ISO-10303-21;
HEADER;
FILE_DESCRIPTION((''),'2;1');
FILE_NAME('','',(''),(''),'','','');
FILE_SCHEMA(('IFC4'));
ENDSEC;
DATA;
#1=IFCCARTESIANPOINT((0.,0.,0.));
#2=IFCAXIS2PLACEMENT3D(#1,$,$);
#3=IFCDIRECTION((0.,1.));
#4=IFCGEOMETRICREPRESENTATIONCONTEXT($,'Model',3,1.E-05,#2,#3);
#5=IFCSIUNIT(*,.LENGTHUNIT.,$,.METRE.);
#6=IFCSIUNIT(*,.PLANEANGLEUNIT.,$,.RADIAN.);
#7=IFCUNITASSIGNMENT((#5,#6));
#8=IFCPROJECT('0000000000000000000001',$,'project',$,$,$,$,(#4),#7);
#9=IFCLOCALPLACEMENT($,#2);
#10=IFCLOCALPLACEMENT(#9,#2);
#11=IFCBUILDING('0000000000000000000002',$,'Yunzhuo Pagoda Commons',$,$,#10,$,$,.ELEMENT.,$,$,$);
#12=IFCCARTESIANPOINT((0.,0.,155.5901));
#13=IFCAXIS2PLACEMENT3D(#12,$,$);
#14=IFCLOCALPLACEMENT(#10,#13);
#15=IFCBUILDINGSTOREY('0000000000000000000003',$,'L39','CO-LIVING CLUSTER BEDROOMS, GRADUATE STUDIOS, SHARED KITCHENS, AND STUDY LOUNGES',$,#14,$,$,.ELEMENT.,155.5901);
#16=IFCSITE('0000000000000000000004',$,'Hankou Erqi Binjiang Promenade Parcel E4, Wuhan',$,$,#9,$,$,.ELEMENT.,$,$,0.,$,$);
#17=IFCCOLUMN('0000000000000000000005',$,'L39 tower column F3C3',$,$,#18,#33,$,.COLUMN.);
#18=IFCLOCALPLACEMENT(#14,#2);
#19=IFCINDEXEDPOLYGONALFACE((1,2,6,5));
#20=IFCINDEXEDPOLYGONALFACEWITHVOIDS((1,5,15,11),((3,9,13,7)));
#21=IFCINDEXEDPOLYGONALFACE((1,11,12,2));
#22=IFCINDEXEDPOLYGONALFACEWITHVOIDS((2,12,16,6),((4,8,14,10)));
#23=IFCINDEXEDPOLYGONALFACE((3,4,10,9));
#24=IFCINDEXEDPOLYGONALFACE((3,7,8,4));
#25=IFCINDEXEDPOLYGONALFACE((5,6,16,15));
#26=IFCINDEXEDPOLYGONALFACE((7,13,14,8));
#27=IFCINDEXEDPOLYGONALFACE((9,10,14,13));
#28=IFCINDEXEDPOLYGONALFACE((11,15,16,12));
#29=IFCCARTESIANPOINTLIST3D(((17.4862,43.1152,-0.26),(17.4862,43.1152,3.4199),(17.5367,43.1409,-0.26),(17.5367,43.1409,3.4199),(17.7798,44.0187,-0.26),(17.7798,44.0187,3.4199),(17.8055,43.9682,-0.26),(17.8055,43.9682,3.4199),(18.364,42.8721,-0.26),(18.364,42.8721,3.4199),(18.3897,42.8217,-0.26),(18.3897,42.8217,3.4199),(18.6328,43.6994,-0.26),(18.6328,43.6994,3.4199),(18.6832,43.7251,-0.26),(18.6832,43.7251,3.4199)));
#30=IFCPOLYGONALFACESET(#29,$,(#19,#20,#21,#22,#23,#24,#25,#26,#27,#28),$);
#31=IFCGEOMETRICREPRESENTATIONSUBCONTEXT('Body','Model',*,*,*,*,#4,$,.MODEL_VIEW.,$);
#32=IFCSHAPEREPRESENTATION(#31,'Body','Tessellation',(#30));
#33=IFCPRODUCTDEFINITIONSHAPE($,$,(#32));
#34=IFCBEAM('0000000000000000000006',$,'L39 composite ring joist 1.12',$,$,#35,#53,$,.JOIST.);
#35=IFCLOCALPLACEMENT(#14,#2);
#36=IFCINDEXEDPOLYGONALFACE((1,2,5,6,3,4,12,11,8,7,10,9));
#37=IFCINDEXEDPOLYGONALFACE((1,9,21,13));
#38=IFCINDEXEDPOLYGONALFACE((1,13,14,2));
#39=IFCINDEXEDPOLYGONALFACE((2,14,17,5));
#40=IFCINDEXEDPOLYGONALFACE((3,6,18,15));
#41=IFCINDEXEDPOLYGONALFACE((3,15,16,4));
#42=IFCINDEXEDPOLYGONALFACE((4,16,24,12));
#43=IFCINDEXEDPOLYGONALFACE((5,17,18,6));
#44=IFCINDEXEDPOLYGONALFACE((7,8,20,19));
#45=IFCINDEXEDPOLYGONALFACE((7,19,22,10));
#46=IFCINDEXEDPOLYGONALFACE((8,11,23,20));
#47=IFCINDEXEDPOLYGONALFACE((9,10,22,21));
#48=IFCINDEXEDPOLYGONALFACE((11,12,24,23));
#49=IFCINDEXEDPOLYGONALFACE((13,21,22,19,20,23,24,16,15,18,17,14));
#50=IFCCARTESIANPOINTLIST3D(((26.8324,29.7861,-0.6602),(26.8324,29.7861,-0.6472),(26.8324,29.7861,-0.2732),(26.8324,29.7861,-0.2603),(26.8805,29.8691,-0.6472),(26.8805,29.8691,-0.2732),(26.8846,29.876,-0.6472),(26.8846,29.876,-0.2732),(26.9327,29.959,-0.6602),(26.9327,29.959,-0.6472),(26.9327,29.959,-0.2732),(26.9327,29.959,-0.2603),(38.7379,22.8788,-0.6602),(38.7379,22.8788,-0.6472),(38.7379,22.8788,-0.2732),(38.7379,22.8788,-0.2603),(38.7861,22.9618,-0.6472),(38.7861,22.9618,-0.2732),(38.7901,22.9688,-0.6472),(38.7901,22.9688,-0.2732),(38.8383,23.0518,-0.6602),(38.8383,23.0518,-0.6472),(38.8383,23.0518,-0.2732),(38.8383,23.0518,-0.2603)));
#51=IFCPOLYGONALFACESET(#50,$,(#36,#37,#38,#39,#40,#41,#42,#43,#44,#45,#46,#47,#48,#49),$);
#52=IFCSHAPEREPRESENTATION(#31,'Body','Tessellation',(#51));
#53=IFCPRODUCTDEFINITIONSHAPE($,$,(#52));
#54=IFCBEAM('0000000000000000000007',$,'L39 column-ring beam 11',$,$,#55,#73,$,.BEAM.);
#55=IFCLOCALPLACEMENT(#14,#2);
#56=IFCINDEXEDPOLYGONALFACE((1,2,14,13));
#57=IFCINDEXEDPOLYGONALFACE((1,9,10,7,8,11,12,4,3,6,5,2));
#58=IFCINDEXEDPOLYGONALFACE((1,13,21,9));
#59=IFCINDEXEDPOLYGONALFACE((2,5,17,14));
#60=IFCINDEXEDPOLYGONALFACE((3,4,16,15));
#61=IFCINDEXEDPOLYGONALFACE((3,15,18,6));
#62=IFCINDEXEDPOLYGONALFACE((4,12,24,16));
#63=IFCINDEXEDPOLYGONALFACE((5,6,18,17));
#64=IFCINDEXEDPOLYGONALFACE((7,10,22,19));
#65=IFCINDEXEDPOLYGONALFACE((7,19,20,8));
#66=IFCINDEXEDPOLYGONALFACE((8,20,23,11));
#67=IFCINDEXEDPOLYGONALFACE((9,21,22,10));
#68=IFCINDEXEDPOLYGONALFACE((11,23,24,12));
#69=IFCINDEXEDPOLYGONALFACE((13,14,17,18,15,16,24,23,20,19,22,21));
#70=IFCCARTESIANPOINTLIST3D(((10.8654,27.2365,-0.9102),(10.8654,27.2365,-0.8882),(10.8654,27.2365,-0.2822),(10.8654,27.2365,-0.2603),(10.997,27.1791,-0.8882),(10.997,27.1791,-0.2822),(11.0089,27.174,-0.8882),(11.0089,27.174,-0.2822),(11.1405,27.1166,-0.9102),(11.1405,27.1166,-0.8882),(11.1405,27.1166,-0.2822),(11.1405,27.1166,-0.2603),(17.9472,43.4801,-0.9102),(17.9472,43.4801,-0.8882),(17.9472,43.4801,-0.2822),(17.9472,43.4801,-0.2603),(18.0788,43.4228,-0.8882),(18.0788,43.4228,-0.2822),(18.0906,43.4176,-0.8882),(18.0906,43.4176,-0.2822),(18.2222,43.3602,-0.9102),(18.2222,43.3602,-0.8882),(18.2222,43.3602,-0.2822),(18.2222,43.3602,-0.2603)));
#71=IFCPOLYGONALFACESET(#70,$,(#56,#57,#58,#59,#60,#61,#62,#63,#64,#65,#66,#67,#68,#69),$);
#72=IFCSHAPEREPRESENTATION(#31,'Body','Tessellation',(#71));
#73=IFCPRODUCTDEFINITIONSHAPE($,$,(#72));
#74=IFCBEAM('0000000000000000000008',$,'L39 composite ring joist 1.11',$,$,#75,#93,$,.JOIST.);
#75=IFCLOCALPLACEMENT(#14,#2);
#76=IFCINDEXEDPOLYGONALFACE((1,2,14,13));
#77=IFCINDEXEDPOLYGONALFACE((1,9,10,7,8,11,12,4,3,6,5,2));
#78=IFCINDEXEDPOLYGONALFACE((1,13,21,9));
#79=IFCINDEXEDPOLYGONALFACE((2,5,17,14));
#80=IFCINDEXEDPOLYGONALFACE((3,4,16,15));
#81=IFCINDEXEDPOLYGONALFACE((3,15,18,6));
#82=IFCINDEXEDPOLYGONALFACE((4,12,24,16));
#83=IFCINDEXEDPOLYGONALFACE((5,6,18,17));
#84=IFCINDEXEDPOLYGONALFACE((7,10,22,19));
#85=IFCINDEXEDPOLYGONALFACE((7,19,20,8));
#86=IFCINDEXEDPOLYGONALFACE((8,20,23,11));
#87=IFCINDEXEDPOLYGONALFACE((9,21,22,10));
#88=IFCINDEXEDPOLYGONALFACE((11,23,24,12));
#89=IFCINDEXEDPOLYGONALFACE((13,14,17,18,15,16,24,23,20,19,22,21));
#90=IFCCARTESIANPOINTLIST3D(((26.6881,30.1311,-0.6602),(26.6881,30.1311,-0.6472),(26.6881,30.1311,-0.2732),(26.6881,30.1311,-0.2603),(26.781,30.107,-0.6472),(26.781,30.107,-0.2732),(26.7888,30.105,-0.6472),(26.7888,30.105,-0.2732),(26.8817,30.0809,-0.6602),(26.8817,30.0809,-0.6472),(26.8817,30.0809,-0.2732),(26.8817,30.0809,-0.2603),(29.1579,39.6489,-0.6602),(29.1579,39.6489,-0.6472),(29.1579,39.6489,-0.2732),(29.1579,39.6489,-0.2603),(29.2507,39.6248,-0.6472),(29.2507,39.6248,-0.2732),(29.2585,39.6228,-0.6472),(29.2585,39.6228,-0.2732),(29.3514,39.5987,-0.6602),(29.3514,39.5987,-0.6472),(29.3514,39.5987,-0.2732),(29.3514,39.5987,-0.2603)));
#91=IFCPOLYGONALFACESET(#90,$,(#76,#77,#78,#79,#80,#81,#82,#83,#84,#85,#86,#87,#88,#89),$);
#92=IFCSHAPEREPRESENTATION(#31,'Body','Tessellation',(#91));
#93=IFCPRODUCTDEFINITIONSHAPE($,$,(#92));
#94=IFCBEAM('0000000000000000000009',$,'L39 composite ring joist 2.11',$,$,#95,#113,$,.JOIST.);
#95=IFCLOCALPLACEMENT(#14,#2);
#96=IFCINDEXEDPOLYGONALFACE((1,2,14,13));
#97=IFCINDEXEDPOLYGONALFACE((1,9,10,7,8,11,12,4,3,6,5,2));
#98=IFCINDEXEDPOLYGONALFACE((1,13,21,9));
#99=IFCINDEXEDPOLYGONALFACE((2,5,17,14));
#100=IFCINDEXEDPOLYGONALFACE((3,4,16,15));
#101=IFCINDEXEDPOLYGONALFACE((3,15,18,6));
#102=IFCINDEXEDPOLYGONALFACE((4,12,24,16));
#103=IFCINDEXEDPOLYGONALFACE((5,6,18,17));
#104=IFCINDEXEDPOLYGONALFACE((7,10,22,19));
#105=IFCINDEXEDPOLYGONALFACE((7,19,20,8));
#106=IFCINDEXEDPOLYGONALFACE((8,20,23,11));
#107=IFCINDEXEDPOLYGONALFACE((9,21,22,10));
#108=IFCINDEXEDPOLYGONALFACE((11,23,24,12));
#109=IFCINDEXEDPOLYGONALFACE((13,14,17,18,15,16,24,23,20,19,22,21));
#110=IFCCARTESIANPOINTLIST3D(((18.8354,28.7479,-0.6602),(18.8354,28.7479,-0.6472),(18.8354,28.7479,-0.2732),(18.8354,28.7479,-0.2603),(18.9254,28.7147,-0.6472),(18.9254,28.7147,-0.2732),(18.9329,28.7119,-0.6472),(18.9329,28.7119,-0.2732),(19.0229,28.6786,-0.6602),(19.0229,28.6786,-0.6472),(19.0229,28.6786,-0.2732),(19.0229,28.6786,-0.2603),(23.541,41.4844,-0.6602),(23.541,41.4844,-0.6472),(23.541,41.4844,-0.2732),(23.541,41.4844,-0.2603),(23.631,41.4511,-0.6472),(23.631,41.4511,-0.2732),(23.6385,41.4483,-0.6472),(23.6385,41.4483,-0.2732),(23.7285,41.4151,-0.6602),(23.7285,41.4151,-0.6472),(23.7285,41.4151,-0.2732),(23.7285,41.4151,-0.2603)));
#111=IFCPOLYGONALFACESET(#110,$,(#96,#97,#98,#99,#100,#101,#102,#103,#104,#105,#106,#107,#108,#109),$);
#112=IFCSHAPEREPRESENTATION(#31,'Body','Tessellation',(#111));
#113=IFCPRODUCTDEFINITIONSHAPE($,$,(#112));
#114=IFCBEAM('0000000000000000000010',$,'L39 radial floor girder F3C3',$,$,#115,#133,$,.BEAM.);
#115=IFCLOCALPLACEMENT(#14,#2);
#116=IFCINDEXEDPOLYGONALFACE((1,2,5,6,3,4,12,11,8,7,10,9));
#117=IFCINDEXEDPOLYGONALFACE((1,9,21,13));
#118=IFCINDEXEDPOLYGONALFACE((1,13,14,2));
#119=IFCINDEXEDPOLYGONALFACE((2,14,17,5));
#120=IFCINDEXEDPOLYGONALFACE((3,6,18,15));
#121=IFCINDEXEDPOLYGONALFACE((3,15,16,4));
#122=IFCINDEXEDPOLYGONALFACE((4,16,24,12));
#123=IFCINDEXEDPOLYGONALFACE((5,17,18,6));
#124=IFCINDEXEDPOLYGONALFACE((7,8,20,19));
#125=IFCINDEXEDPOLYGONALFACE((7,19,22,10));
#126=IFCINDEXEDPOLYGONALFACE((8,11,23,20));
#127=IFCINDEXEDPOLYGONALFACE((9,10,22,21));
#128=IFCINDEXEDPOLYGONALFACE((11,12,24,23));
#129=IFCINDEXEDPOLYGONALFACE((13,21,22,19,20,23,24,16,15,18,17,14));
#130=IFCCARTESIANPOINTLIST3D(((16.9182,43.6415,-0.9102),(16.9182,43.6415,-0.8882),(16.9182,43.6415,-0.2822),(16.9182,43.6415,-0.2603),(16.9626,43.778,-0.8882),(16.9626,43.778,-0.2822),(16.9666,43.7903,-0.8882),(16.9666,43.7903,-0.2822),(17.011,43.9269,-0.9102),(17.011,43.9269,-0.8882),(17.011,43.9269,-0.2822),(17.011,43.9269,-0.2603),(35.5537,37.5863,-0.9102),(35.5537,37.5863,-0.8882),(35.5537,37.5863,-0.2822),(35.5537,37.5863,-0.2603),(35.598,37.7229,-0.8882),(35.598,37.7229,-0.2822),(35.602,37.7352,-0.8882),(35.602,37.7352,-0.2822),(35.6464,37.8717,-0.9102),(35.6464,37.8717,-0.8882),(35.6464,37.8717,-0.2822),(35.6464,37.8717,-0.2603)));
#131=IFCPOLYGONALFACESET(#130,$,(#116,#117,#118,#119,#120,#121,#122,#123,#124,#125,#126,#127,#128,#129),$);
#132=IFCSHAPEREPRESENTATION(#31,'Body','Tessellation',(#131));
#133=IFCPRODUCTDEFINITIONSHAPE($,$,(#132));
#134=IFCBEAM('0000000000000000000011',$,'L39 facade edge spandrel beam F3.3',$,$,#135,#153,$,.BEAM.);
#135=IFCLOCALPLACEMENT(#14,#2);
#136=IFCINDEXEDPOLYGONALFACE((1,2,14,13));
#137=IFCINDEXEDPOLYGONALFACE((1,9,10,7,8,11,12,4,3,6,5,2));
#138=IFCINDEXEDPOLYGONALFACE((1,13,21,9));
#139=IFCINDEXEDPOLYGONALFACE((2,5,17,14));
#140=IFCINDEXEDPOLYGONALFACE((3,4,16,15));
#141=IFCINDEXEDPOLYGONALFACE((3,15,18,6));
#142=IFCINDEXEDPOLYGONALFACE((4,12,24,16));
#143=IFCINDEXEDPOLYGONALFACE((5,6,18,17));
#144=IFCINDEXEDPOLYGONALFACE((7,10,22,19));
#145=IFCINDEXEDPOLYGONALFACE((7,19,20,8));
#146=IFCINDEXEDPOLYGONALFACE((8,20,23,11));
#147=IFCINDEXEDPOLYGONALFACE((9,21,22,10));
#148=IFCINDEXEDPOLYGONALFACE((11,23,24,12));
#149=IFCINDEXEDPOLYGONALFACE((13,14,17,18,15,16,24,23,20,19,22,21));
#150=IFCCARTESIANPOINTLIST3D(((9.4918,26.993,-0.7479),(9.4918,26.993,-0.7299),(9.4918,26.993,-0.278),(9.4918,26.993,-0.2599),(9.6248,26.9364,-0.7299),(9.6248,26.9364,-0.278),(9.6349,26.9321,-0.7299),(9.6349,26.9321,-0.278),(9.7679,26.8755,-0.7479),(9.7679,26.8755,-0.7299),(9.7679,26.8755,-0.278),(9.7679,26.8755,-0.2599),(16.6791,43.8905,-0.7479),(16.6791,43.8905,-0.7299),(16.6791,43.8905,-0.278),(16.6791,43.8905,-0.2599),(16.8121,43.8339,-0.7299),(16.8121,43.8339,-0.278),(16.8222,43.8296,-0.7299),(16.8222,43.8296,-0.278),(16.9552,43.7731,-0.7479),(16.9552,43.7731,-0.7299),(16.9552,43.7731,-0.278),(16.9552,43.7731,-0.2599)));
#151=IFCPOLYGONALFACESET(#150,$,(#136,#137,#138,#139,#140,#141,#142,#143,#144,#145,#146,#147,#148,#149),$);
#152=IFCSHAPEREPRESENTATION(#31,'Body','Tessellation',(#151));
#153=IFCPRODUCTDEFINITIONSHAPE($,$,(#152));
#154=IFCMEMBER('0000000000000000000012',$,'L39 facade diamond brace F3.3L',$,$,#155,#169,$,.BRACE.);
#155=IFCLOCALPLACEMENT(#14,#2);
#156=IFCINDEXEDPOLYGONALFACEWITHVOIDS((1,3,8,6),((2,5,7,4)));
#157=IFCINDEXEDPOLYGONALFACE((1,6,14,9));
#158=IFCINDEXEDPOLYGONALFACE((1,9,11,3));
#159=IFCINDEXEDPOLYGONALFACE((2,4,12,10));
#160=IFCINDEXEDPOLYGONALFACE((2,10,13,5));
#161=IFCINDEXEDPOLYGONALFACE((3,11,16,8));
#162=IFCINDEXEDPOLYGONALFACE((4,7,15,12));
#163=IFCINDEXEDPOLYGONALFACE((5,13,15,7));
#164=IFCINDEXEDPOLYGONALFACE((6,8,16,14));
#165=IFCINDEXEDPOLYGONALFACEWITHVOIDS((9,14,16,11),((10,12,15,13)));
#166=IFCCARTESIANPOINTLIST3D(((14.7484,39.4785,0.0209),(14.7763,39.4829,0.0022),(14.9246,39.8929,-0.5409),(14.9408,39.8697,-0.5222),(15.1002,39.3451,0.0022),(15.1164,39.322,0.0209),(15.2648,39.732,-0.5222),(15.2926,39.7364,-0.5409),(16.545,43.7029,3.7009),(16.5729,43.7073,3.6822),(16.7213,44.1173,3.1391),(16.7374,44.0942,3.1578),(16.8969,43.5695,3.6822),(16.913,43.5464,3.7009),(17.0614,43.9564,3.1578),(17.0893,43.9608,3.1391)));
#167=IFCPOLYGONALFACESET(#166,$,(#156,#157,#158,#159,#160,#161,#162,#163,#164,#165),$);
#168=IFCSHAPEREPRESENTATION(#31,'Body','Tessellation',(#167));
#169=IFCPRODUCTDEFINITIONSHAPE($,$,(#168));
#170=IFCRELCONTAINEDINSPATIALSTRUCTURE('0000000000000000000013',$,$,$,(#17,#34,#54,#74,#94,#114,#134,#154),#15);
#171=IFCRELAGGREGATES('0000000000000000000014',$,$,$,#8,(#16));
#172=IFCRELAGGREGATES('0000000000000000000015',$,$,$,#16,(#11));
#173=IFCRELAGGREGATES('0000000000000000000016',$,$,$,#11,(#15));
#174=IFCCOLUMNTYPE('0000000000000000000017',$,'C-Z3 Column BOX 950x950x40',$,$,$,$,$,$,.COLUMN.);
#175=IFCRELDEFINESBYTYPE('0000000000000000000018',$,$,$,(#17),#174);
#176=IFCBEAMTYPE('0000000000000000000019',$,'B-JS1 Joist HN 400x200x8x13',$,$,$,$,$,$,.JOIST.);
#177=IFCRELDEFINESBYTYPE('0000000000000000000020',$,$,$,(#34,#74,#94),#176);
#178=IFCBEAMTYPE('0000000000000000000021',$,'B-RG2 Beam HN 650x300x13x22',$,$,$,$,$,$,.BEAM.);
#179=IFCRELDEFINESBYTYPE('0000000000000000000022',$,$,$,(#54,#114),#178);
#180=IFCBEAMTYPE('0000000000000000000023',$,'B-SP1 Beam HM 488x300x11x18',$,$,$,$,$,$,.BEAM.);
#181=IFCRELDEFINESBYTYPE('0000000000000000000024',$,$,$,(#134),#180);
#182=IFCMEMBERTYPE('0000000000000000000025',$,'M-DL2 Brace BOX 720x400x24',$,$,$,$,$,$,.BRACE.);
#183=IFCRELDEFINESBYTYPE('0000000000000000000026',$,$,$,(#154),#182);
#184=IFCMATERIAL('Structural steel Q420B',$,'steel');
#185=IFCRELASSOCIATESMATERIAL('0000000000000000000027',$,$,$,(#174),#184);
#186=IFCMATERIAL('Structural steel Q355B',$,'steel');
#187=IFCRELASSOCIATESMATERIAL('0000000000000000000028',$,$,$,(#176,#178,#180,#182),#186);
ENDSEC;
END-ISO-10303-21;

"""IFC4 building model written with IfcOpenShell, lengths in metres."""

from ifc_helpers import new_model, si_unit, direction, frame, origin, origin_2d, place, context, subcontext, project, spatial, hollow_rectangle, i_section, extrude, source, transform, mapped, material, material_profile, profile_set, type_object, element, save


model = new_model("IFC4")

# Units and contexts
model_context = context("Model", 3, precision=1e-05, world=origin(), true_north=direction((0.0, 1.0)))
body_context = subcontext(model_context, "Body", "Model", "MODEL_VIEW")
ifc_project = project(units=[si_unit("LENGTHUNIT", "METRE"), si_unit("PLANEANGLEUNIT", "RADIAN")], contexts=[model_context])

# Site, building, storey
site_placement = place(None, origin())
site = spatial("IfcSite", under=ifc_project, at=site_placement, Name="Hankou Erqi Binjiang Promenade Parcel E4, Wuhan", CompositionType="ELEMENT", RefElevation=0.0)
building_placement = place(site_placement, origin())
building = spatial("IfcBuilding", under=site, at=building_placement, Name="Yunzhuo Pagoda Commons", CompositionType="ELEMENT")
storey_placement = place(building_placement, frame((0.0, 0.0, 155.5901)))
storey = spatial("IfcBuildingStorey", under=building, at=storey_placement, Name="L39", Description="CO-LIVING CLUSTER BEDROOMS, GRADUATE STUDIOS, SHARED KITCHENS, AND STUDY LOUNGES", CompositionType="ELEMENT", Elevation=155.5901)

# Column
ifc_material_1 = material(Name="Structural steel Q420B", Category="steel")
ifc_material_profile_1 = material_profile(ifc_material_1, hollow_rectangle(XDim=0.95, YDim=0.95, WallThickness=0.04, at=origin_2d()), Name="Structural steel Q420B")
ifc_profile_set_1 = profile_set([ifc_material_profile_1], Name="Structural steel Q420B")
column_type = type_object("IfcColumnType", Name="C-Z3 Column BOX 950x950x40", PredefinedType="COLUMN", material=ifc_profile_set_1)
shared_shape_1 = source(origin(), body_context, "Body", "SweptSolid", [
    extrude(hollow_rectangle(XDim=0.95, YDim=0.95, WallThickness=0.04, at=origin_2d()), origin(), (0.0, 0.0, 1.0), 3.6799),
])
column_placement = place(storey_placement, frame((18.0847, 43.4202, -0.26), z_axis=(0.0, 0.0, 1.0), x_axis=(-0.309017, -0.951057, 0.0)))
element("IfcColumn", 1, at=column_placement, inside=storey, type_object=column_type, Name="L39 tower column F3C3", PredefinedType="COLUMN", context=body_context, shape_type="MappedRepresentation", body=[
    mapped(shared_shape_1, transform((0.0, 0.0, 0.0), scale=1.0)),
])

# Beams
ifc_material_2 = material(Name="Structural steel Q355B", Category="steel")
ifc_material_profile_2 = material_profile(ifc_material_2, i_section(OverallWidth=0.2, OverallDepth=0.3999, WebThickness=0.0081, FlangeThickness=0.0129, at=origin_2d()), Name="Structural steel Q355B")
ifc_profile_set_2 = profile_set([ifc_material_profile_2], Name="Structural steel Q355B")
beam_type_1 = type_object("IfcBeamType", Name="B-JS1 Joist HN 400x200x8x13", PredefinedType="JOIST", material=ifc_profile_set_2)
shared_shape_2 = source(origin(), body_context, "Body", "SweptSolid", [
    extrude(i_section(OverallWidth=0.2, OverallDepth=0.3999, WebThickness=0.0081, FlangeThickness=0.0129, at=origin_2d()), origin(), (0.0, 0.0, 1.0), 13.7642),
])
beam_1_placement = place(storey_placement, frame((26.8826, 29.8726, -0.4602), z_axis=(0.864967, -0.501828, 0.0), x_axis=(0.501828, 0.864967, 0.0)))
element("IfcBeam", 2, at=beam_1_placement, inside=storey, type_object=beam_type_1, Name="L39 composite ring joist 1.12", PredefinedType="JOIST", context=body_context, shape_type="MappedRepresentation", body=[
    mapped(shared_shape_2, transform((0.0, 0.0, 0.0), scale=1.0)),
])
ifc_material_profile_3 = material_profile(ifc_material_2, i_section(OverallWidth=0.3, OverallDepth=0.6499, WebThickness=0.0129, FlangeThickness=0.022, at=origin_2d()), Name="Structural steel Q355B")
ifc_profile_set_3 = profile_set([ifc_material_profile_3], Name="Structural steel Q355B")
beam_type_2 = type_object("IfcBeamType", Name="B-RG2 Beam HN 650x300x13x22", PredefinedType="BEAM", material=ifc_profile_set_3)
shared_shape_3 = source(origin(), body_context, "Body", "SweptSolid", [
    extrude(i_section(OverallWidth=0.3, OverallDepth=0.6499, WebThickness=0.0129, FlangeThickness=0.022, at=origin_2d()), origin(), (0.0, 0.0, 1.0), 17.7202),
])
beam_2_placement = place(storey_placement, frame((18.0847, 43.4202, -0.5852), z_axis=(-0.399643, -0.916671, 0.0), x_axis=(0.916671, -0.399643, 0.0)))
element("IfcBeam", 3, at=beam_2_placement, inside=storey, type_object=beam_type_2, Name="L39 column-ring beam 11", PredefinedType="BEAM", context=body_context, shape_type="MappedRepresentation", body=[
    mapped(shared_shape_3, transform((0.0, 0.0, 0.0), scale=1.0)),
])
shared_shape_4 = source(origin(), body_context, "Body", "SweptSolid", [
    extrude(i_section(OverallWidth=0.2, OverallDepth=0.3999, WebThickness=0.0081, FlangeThickness=0.0129, at=origin_2d()), origin(), (0.0, 0.0, 1.0), 9.833),
])
beam_3_placement = place(storey_placement, frame((29.2546, 39.6238, -0.4602), z_axis=(-0.251166, -0.967944, 0.0), x_axis=(0.967944, -0.251166, 0.0)))
element("IfcBeam", 4, at=beam_3_placement, inside=storey, type_object=beam_type_1, Name="L39 composite ring joist 1.11", PredefinedType="JOIST", context=body_context, shape_type="MappedRepresentation", body=[
    mapped(shared_shape_4, transform((0.0, 0.0, 0.0), scale=1.0)),
])
shared_shape_5 = source(origin(), body_context, "Body", "SweptSolid", [
    extrude(i_section(OverallWidth=0.2, OverallDepth=0.3999, WebThickness=0.0081, FlangeThickness=0.0129, at=origin_2d()), origin(), (0.0, 0.0, 1.0), 13.5779),
])
beam_4_placement = place(storey_placement, frame((23.6348, 41.4497, -0.4602), z_axis=(-0.346563, -0.938027, 0.0), x_axis=(0.938027, -0.346563, 0.0)))
element("IfcBeam", 5, at=beam_4_placement, inside=storey, type_object=beam_type_1, Name="L39 composite ring joist 2.11", PredefinedType="JOIST", context=body_context, shape_type="MappedRepresentation", body=[
    mapped(shared_shape_5, transform((0.0, 0.0, 0.0), scale=1.0)),
])
shared_shape_6 = source(origin(), body_context, "Body", "SweptSolid", [
    extrude(i_section(OverallWidth=0.3, OverallDepth=0.6499, WebThickness=0.0129, FlangeThickness=0.022, at=origin_2d()), origin(), (0.0, 0.0, 1.0), 19.5945),
])
beam_5_placement = place(storey_placement, frame((16.9646, 43.7842, -0.5852), z_axis=(0.951054, -0.309023, 0.0), x_axis=(0.309023, 0.951054, 0.0)))
element("IfcBeam", 6, at=beam_5_placement, inside=storey, type_object=beam_type_2, Name="L39 radial floor girder F3C3", PredefinedType="BEAM", context=body_context, shape_type="MappedRepresentation", body=[
    mapped(shared_shape_6, transform((0.0, 0.0, 0.0), scale=1.0)),
])
ifc_material_profile_4 = material_profile(ifc_material_2, i_section(OverallWidth=0.3, OverallDepth=0.488, WebThickness=0.011, FlangeThickness=0.0181, at=origin_2d()), Name="Structural steel Q355B")
ifc_profile_set_4 = profile_set([ifc_material_profile_4], Name="Structural steel Q355B")
beam_type_3 = type_object("IfcBeamType", Name="B-SP1 Beam HM 488x300x11x18", PredefinedType="BEAM", material=ifc_profile_set_4)
shared_shape_7 = source(origin(), body_context, "Body", "SweptSolid", [
    extrude(i_section(OverallWidth=0.3, OverallDepth=0.488, WebThickness=0.011, FlangeThickness=0.0181, at=origin_2d()), origin(), (0.0, 0.0, 1.0), 18.3625),
])
beam_6_placement = place(storey_placement, frame((16.8171, 43.8318, -0.5039), z_axis=(-0.39141, -0.920216, 0.0), x_axis=(0.920216, -0.39141, 0.0)))
element("IfcBeam", 7, at=beam_6_placement, inside=storey, type_object=beam_type_3, Name="L39 facade edge spandrel beam F3.3", PredefinedType="BEAM", context=body_context, shape_type="MappedRepresentation", body=[
    mapped(shared_shape_7, transform((0.0, 0.0, 0.0), scale=1.0)),
])

# Member
ifc_material_profile_5 = material_profile(ifc_material_2, hollow_rectangle(XDim=0.3999, YDim=0.72, WallThickness=0.0239, at=origin_2d()), Name="Structural steel Q355B")
ifc_profile_set_5 = profile_set([ifc_material_profile_5], Name="Structural steel Q355B")
member_type_1 = type_object("IfcMemberType", Name="M-DL2 Brace BOX 720x400x24", PredefinedType="BRACE", material=ifc_profile_set_5)
shared_shape_8 = source(origin(), body_context, "Body", "SweptSolid", [
    extrude(hollow_rectangle(XDim=0.3999, YDim=0.72, WallThickness=0.0239, at=origin_2d()), origin(), (0.0, 0.0, 1.0), 5.8835),
])
for number, where, z_axis, x_axis, name in (
    (8, (15.0205, 39.6074, -0.26), (0.30537, 0.718008, 0.625471), (-0.920231, 0.391376, 0.0), "L39 facade diamond brace F3.3L"),
):
    element("IfcMember", number, at=place(storey_placement, frame(where, z_axis=z_axis, x_axis=x_axis)), inside=storey, type_object=member_type_1, Name=name, PredefinedType="BRACE", context=body_context, shape_type="MappedRepresentation", body=[
        mapped(shared_shape_8, transform((0.0, 0.0, 0.0), scale=1.0)),
    ])

save(model, "model.ifc")
